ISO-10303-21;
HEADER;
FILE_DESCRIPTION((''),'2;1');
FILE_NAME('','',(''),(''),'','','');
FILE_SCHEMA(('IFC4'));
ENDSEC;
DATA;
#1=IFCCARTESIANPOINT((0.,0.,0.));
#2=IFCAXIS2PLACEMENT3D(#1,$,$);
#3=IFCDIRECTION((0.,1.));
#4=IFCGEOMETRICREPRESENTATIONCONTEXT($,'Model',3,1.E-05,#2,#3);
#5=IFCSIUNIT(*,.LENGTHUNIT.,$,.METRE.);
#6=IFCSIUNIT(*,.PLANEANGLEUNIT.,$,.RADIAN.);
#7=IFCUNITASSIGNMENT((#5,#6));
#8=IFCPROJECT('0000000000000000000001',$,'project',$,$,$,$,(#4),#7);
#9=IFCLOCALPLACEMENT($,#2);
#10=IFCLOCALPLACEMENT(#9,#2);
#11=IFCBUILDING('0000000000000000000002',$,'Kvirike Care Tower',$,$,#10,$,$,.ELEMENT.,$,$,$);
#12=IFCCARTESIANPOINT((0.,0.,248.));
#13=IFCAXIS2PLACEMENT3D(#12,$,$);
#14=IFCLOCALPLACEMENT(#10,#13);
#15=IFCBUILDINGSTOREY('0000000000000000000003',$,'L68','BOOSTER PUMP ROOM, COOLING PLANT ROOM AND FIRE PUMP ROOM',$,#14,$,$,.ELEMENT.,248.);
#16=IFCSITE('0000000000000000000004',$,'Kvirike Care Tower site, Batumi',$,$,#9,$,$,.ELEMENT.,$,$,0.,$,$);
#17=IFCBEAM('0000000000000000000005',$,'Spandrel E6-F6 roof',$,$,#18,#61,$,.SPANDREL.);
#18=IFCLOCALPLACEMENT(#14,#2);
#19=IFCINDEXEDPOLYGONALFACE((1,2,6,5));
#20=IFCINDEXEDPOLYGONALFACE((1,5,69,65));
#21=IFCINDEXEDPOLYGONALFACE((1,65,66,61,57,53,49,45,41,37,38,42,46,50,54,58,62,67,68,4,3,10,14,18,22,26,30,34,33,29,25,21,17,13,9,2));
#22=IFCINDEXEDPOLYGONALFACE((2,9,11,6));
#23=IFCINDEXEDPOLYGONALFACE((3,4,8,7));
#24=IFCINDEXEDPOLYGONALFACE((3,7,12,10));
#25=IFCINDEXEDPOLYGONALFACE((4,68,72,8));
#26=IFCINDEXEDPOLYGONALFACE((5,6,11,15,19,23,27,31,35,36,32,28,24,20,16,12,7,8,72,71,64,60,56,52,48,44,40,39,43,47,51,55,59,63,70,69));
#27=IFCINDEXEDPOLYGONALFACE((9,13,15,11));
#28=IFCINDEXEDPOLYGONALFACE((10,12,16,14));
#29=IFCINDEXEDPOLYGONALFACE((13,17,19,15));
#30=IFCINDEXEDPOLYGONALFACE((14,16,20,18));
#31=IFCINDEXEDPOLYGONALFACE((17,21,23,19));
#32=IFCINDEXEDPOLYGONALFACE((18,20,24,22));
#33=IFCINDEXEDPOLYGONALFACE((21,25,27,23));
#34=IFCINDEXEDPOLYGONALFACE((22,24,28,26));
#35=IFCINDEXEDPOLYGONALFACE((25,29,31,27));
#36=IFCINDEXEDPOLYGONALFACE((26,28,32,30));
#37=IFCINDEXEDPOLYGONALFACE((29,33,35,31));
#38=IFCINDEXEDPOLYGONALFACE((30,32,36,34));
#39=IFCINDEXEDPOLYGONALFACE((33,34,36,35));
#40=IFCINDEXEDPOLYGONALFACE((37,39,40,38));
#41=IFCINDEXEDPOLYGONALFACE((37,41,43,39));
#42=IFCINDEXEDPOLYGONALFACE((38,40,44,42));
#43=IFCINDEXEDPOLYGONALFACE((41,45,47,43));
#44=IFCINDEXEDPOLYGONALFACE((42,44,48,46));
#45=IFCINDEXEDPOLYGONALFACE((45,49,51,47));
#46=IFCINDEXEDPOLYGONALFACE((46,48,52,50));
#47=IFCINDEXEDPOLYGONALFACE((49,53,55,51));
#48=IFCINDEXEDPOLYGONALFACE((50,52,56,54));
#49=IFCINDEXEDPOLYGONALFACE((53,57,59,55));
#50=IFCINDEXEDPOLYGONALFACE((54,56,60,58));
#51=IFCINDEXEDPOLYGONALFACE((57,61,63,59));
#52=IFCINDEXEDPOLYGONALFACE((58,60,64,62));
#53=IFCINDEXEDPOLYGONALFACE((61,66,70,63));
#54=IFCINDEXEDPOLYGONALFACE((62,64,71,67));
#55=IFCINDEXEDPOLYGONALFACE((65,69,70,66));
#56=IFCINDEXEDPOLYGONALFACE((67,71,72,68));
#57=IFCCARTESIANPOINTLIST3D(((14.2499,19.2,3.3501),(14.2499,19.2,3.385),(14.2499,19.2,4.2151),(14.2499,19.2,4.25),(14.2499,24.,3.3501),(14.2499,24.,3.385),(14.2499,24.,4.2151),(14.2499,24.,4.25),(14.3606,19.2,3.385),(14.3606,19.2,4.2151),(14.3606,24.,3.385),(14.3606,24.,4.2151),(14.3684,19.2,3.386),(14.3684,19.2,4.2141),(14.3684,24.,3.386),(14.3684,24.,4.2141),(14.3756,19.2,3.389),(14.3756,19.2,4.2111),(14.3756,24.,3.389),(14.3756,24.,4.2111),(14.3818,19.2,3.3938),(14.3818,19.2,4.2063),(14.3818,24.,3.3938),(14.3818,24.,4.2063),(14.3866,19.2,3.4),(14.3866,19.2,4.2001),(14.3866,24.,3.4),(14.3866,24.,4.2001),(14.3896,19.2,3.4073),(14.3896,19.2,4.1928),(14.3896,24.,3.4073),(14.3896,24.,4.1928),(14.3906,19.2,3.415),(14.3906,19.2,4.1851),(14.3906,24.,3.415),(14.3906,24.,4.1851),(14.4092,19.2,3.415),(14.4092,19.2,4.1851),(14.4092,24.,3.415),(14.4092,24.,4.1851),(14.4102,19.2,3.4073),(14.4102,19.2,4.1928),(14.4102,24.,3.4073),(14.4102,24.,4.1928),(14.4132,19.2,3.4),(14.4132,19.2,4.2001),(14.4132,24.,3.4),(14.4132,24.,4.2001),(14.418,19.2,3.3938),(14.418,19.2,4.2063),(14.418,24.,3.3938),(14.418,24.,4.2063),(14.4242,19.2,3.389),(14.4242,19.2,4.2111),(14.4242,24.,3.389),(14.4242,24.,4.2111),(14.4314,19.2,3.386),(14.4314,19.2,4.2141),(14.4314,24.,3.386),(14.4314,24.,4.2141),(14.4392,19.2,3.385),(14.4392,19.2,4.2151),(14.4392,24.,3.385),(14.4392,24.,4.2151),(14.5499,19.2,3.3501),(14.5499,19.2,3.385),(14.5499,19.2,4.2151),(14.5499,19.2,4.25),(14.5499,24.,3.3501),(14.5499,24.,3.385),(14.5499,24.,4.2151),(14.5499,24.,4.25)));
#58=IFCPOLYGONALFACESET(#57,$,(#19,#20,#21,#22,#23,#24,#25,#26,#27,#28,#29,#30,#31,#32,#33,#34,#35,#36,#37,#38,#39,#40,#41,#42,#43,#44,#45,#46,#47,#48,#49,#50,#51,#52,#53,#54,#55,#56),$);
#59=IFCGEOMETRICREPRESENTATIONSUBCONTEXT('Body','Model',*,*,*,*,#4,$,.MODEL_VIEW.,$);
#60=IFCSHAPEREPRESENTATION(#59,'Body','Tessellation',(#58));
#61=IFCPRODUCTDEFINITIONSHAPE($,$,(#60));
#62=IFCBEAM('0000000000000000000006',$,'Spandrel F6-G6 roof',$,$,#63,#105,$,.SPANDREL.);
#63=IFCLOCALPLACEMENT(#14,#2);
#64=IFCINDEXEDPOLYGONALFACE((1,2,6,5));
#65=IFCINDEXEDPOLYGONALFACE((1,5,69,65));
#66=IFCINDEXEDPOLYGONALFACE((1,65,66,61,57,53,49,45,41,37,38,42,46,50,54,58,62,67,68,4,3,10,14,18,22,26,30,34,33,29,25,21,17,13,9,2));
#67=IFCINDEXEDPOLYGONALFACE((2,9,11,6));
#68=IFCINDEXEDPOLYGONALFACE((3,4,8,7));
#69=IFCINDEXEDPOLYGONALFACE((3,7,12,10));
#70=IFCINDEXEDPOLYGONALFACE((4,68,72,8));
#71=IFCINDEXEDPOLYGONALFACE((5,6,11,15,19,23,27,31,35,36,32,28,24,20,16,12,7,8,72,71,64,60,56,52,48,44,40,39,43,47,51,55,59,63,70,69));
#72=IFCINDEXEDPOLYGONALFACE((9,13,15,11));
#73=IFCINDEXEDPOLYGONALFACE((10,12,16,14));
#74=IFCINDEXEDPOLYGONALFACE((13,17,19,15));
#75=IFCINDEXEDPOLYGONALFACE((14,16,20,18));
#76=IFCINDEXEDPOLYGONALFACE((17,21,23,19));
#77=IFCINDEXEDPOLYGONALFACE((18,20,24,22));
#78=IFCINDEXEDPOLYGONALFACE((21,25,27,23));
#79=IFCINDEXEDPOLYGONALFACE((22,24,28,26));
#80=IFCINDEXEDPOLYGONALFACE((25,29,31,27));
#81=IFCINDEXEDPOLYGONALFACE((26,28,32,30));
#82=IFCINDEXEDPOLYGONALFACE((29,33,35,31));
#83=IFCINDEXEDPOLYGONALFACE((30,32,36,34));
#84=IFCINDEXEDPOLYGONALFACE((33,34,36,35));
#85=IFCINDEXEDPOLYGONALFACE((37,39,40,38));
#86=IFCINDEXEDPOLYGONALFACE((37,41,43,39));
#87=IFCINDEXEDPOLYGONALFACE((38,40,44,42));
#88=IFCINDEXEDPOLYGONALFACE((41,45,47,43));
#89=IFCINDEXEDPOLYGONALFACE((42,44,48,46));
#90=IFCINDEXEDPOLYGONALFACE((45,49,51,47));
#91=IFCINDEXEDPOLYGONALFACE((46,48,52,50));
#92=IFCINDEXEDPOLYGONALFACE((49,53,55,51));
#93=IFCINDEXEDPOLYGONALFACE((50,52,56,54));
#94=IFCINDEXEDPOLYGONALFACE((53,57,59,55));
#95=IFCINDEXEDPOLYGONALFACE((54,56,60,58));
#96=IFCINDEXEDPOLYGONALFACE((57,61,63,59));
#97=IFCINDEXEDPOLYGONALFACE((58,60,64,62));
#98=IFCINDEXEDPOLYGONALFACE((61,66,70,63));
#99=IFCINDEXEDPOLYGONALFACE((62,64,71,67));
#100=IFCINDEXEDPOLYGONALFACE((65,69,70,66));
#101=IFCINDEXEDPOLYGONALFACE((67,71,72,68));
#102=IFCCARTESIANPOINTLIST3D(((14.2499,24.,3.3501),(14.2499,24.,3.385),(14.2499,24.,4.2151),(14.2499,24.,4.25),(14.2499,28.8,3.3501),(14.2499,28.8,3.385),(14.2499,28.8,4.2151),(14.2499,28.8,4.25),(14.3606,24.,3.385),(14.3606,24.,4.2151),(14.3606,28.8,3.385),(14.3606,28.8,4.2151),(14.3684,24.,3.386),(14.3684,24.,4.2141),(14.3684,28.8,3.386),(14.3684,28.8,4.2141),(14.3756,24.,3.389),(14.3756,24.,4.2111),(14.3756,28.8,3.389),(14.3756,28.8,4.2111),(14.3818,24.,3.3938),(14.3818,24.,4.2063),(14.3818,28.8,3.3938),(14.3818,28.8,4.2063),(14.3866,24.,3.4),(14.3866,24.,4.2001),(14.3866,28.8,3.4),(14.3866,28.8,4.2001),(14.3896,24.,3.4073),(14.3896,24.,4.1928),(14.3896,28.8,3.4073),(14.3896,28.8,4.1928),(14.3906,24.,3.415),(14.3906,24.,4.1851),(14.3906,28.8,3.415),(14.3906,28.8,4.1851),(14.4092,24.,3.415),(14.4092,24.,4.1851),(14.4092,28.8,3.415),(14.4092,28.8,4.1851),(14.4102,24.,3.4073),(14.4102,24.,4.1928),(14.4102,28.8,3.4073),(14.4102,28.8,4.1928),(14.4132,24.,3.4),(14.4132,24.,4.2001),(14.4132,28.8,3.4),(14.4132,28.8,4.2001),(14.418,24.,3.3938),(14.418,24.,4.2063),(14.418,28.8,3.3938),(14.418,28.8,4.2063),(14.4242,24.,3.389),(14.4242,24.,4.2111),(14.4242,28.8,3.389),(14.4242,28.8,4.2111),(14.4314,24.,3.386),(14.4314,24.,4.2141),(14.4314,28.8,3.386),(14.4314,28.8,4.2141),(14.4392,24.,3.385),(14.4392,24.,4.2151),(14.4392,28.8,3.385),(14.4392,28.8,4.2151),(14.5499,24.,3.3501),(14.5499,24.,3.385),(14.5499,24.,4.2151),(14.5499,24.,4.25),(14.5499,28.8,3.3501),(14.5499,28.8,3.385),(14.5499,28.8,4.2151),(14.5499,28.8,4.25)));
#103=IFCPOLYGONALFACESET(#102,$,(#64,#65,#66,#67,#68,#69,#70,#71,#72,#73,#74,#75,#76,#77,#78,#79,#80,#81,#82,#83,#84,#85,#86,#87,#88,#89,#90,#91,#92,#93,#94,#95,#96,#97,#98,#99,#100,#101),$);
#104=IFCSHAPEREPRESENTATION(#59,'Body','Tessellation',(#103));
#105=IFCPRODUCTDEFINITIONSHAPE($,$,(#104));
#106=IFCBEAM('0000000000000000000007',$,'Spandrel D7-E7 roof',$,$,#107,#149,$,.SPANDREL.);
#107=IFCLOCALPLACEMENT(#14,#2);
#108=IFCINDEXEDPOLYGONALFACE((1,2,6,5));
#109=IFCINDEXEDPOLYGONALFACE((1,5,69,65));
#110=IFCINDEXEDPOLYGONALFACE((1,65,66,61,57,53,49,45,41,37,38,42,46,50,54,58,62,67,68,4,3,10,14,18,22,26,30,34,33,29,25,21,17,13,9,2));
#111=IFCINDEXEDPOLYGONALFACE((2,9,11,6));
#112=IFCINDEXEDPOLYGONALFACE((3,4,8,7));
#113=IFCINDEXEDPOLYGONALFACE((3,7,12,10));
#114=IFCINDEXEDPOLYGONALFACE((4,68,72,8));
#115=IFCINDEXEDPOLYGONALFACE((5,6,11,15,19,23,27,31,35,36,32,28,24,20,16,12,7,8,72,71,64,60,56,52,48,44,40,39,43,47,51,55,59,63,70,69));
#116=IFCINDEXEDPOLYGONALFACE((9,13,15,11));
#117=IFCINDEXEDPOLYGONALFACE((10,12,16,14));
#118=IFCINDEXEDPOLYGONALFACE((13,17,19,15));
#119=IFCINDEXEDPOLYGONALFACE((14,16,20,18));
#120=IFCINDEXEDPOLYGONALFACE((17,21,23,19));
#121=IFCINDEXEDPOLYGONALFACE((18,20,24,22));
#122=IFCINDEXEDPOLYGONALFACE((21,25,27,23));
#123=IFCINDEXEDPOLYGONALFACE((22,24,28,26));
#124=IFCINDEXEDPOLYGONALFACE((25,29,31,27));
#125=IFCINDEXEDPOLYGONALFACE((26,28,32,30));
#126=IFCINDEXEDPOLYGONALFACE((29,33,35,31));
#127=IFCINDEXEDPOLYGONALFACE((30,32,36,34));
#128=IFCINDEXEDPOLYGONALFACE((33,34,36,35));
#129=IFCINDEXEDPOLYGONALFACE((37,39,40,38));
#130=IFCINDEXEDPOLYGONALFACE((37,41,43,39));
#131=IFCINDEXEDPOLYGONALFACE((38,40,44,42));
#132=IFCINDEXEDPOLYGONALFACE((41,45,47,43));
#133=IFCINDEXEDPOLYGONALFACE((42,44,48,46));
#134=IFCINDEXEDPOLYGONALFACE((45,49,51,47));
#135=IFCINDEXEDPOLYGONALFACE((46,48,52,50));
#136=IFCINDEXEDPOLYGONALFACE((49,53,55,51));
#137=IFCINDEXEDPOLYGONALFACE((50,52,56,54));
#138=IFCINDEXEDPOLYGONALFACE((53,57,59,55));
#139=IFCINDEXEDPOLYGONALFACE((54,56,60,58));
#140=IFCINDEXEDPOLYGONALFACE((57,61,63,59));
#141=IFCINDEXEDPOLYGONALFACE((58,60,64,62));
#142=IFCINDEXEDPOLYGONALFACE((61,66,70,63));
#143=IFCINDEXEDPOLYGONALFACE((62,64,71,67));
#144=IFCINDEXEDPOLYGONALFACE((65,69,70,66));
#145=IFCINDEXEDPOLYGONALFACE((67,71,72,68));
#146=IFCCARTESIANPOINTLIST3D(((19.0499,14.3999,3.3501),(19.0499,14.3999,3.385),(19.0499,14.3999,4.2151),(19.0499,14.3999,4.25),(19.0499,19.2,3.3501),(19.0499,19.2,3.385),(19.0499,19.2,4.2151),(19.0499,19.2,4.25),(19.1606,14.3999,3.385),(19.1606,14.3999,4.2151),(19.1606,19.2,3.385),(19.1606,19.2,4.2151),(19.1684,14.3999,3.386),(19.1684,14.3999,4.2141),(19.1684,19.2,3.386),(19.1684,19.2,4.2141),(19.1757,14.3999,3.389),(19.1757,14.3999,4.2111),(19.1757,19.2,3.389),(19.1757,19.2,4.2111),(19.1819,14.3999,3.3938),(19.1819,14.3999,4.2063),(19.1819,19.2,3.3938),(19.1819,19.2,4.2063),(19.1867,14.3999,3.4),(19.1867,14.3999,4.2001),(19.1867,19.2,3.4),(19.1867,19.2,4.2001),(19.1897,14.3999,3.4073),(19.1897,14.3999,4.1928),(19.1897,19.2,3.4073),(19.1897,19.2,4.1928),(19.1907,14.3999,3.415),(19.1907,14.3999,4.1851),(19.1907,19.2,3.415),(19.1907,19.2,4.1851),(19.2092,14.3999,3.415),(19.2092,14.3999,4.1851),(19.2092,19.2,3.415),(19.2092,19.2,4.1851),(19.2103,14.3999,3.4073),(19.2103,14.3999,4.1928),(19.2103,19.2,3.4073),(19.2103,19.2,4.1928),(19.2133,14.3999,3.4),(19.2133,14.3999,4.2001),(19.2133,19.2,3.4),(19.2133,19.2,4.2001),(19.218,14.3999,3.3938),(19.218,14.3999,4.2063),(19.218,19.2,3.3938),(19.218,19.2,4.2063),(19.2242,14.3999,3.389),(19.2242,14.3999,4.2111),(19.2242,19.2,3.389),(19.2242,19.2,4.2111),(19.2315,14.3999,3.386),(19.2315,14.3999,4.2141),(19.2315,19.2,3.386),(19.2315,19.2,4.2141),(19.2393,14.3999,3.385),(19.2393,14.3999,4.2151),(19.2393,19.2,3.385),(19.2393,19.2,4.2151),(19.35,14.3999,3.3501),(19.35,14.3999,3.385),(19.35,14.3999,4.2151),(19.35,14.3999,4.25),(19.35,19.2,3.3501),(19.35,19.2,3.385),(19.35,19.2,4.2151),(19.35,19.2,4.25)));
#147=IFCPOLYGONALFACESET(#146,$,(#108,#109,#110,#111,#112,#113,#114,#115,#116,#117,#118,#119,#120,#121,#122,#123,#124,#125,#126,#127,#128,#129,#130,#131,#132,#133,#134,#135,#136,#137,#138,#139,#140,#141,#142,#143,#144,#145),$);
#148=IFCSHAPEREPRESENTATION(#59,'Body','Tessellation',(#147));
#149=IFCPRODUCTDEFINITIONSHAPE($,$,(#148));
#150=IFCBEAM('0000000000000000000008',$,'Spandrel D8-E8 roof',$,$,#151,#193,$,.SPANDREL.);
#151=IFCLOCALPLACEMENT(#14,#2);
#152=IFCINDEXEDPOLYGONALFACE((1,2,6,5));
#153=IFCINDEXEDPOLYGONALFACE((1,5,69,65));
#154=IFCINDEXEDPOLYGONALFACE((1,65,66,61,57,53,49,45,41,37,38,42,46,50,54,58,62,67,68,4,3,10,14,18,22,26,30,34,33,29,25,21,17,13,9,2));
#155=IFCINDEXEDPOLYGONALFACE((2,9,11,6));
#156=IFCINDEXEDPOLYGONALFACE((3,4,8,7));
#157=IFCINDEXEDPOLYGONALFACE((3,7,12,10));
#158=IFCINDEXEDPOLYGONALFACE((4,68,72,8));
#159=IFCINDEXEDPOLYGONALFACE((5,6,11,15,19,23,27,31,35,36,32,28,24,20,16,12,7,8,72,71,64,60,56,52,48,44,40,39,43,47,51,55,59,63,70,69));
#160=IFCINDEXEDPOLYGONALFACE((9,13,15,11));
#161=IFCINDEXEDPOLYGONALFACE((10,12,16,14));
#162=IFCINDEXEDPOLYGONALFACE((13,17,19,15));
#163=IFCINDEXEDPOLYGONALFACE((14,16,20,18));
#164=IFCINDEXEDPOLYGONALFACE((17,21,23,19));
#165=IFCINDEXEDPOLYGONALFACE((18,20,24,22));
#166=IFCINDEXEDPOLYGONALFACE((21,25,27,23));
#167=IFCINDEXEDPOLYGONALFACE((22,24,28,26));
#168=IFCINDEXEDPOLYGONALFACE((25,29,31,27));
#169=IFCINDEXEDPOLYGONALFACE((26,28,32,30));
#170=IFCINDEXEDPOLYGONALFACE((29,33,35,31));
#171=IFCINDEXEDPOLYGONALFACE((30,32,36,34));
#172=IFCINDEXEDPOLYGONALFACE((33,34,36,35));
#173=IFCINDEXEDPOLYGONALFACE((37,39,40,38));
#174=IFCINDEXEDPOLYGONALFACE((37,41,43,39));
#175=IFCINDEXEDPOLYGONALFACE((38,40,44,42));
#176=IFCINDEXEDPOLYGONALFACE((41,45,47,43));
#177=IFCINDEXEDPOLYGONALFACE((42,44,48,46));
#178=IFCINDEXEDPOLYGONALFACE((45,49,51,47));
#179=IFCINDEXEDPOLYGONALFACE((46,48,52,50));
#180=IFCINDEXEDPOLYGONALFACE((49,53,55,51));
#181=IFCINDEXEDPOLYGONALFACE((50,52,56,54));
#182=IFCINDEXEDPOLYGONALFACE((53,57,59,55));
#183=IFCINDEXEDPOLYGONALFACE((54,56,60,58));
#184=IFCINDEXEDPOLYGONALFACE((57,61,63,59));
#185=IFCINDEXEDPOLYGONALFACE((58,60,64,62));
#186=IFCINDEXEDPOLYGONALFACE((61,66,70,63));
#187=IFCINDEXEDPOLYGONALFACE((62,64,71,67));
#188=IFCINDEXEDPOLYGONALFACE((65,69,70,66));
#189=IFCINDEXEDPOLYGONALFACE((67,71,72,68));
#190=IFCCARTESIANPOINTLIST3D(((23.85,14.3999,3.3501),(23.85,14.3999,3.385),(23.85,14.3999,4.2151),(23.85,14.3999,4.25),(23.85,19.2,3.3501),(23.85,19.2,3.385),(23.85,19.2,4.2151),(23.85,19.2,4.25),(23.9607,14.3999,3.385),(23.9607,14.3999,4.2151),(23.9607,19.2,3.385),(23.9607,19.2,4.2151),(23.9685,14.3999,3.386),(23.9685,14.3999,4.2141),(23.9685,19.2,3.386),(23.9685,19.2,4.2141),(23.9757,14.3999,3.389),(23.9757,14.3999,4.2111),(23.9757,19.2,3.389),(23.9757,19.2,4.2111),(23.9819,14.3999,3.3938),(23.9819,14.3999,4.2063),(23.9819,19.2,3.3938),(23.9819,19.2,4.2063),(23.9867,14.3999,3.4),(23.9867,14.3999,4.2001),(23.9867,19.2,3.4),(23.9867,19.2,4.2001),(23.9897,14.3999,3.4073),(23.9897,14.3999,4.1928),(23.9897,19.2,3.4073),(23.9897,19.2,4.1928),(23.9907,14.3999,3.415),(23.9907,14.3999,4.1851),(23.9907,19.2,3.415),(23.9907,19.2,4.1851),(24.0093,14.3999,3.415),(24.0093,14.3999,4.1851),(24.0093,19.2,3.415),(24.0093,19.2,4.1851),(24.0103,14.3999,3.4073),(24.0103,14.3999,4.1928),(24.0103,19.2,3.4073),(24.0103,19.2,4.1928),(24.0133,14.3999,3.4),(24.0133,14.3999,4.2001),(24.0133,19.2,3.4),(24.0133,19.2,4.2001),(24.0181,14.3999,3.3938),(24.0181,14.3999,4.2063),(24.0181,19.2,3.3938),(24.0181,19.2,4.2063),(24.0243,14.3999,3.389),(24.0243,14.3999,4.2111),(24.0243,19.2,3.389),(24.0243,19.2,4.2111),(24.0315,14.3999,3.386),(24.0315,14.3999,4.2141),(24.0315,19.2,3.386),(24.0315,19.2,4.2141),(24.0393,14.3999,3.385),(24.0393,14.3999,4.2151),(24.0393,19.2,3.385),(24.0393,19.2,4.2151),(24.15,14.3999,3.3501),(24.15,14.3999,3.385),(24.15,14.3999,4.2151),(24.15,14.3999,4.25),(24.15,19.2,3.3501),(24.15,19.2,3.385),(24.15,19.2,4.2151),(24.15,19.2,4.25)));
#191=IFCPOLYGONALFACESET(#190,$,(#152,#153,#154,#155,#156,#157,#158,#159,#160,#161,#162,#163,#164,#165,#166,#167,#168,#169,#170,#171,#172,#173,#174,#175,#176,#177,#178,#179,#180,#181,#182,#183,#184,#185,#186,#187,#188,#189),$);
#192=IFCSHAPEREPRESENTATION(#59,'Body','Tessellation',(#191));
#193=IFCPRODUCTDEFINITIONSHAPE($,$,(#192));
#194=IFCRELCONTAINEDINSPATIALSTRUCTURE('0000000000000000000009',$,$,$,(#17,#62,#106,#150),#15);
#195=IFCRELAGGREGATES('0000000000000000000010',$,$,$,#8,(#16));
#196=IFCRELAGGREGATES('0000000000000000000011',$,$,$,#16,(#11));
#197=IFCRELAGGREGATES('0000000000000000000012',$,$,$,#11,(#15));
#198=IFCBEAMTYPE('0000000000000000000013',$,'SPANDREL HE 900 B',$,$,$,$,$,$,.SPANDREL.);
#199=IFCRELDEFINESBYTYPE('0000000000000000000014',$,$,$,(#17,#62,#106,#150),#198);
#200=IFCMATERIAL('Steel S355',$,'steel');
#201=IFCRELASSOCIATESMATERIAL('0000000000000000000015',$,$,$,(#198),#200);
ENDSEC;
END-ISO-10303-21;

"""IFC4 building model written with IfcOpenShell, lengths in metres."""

from ifc_helpers import new_model, si_unit, direction, frame, origin, origin_2d, place, context, subcontext, project, spatial, i_section, extrude, material, material_profile, profile_set, type_object, element, save


model = new_model("IFC4")

# Units and contexts
model_context = context("Model", 3, precision=1e-05, world=origin(), true_north=direction((0.0, 1.0)))
body_context = subcontext(model_context, "Body", "Model", "MODEL_VIEW")
ifc_project = project(units=[si_unit("LENGTHUNIT", "METRE"), si_unit("PLANEANGLEUNIT", "RADIAN")], contexts=[model_context])

# Site, building, storey
site_placement = place(None, origin())
site = spatial("IfcSite", under=ifc_project, at=site_placement, Name="Kvirike Care Tower site, Batumi", CompositionType="ELEMENT", RefElevation=0.0)
building_placement = place(site_placement, origin())
building = spatial("IfcBuilding", under=site, at=building_placement, Name="Kvirike Care Tower", CompositionType="ELEMENT")
storey_placement = place(building_placement, frame((0.0, 0.0, 248.0)))
storey = spatial("IfcBuildingStorey", under=building, at=storey_placement, Name="L68", Description="BOOSTER PUMP ROOM, COOLING PLANT ROOM AND FIRE PUMP ROOM", CompositionType="ELEMENT", Elevation=248.0)

# Beams
ifc_material_1 = material(Name="Steel S355", Category="steel")
ifc_material_profile_1 = material_profile(ifc_material_1, i_section(OverallWidth=0.3, OverallDepth=0.8999, WebThickness=0.0186, FlangeThickness=0.0349, FilletRadius=0.03, at=origin_2d()), Name="HE 900 B")
ifc_profile_set_1 = profile_set([ifc_material_profile_1], Name="Steel S355")
beam_type_1 = type_object("IfcBeamType", Name="SPANDREL HE 900 B", PredefinedType="SPANDREL", material=ifc_profile_set_1)
for number, where, z_axis, x_axis, name in (
    (1, (14.3999, 19.2, 3.8), (0.0, 1.0, 0.0), (-1.0, 0.0, 0.0), "Spandrel E6-F6 roof"),
    (2, (14.3999, 24.0, 3.8), (0.0, 1.0, 0.0), (-1.0, 0.0, 0.0), "Spandrel F6-G6 roof"),
    (3, (19.2, 14.3999, 3.8), (0.0, 1.0, 0.0), (-1.0, 0.0, 0.0), "Spandrel D7-E7 roof"),
    (4, (24.0, 14.3999, 3.8), (0.0, 1.0, 0.0), (-1.0, 0.0, 0.0), "Spandrel D8-E8 roof"),
):
    element("IfcBeam", number, at=place(storey_placement, frame(where, z_axis=z_axis, x_axis=x_axis)), inside=storey, type_object=beam_type_1, Name=name, PredefinedType="SPANDREL", context=body_context, shape_type="SweptSolid", body=[
        extrude(i_section(OverallWidth=0.3, OverallDepth=0.8999, WebThickness=0.0186, FlangeThickness=0.0349, FilletRadius=0.03, at=origin_2d()), origin(), (0.0, 0.0, 1.0), 4.8),
    ])

save(model, "model.ifc")
